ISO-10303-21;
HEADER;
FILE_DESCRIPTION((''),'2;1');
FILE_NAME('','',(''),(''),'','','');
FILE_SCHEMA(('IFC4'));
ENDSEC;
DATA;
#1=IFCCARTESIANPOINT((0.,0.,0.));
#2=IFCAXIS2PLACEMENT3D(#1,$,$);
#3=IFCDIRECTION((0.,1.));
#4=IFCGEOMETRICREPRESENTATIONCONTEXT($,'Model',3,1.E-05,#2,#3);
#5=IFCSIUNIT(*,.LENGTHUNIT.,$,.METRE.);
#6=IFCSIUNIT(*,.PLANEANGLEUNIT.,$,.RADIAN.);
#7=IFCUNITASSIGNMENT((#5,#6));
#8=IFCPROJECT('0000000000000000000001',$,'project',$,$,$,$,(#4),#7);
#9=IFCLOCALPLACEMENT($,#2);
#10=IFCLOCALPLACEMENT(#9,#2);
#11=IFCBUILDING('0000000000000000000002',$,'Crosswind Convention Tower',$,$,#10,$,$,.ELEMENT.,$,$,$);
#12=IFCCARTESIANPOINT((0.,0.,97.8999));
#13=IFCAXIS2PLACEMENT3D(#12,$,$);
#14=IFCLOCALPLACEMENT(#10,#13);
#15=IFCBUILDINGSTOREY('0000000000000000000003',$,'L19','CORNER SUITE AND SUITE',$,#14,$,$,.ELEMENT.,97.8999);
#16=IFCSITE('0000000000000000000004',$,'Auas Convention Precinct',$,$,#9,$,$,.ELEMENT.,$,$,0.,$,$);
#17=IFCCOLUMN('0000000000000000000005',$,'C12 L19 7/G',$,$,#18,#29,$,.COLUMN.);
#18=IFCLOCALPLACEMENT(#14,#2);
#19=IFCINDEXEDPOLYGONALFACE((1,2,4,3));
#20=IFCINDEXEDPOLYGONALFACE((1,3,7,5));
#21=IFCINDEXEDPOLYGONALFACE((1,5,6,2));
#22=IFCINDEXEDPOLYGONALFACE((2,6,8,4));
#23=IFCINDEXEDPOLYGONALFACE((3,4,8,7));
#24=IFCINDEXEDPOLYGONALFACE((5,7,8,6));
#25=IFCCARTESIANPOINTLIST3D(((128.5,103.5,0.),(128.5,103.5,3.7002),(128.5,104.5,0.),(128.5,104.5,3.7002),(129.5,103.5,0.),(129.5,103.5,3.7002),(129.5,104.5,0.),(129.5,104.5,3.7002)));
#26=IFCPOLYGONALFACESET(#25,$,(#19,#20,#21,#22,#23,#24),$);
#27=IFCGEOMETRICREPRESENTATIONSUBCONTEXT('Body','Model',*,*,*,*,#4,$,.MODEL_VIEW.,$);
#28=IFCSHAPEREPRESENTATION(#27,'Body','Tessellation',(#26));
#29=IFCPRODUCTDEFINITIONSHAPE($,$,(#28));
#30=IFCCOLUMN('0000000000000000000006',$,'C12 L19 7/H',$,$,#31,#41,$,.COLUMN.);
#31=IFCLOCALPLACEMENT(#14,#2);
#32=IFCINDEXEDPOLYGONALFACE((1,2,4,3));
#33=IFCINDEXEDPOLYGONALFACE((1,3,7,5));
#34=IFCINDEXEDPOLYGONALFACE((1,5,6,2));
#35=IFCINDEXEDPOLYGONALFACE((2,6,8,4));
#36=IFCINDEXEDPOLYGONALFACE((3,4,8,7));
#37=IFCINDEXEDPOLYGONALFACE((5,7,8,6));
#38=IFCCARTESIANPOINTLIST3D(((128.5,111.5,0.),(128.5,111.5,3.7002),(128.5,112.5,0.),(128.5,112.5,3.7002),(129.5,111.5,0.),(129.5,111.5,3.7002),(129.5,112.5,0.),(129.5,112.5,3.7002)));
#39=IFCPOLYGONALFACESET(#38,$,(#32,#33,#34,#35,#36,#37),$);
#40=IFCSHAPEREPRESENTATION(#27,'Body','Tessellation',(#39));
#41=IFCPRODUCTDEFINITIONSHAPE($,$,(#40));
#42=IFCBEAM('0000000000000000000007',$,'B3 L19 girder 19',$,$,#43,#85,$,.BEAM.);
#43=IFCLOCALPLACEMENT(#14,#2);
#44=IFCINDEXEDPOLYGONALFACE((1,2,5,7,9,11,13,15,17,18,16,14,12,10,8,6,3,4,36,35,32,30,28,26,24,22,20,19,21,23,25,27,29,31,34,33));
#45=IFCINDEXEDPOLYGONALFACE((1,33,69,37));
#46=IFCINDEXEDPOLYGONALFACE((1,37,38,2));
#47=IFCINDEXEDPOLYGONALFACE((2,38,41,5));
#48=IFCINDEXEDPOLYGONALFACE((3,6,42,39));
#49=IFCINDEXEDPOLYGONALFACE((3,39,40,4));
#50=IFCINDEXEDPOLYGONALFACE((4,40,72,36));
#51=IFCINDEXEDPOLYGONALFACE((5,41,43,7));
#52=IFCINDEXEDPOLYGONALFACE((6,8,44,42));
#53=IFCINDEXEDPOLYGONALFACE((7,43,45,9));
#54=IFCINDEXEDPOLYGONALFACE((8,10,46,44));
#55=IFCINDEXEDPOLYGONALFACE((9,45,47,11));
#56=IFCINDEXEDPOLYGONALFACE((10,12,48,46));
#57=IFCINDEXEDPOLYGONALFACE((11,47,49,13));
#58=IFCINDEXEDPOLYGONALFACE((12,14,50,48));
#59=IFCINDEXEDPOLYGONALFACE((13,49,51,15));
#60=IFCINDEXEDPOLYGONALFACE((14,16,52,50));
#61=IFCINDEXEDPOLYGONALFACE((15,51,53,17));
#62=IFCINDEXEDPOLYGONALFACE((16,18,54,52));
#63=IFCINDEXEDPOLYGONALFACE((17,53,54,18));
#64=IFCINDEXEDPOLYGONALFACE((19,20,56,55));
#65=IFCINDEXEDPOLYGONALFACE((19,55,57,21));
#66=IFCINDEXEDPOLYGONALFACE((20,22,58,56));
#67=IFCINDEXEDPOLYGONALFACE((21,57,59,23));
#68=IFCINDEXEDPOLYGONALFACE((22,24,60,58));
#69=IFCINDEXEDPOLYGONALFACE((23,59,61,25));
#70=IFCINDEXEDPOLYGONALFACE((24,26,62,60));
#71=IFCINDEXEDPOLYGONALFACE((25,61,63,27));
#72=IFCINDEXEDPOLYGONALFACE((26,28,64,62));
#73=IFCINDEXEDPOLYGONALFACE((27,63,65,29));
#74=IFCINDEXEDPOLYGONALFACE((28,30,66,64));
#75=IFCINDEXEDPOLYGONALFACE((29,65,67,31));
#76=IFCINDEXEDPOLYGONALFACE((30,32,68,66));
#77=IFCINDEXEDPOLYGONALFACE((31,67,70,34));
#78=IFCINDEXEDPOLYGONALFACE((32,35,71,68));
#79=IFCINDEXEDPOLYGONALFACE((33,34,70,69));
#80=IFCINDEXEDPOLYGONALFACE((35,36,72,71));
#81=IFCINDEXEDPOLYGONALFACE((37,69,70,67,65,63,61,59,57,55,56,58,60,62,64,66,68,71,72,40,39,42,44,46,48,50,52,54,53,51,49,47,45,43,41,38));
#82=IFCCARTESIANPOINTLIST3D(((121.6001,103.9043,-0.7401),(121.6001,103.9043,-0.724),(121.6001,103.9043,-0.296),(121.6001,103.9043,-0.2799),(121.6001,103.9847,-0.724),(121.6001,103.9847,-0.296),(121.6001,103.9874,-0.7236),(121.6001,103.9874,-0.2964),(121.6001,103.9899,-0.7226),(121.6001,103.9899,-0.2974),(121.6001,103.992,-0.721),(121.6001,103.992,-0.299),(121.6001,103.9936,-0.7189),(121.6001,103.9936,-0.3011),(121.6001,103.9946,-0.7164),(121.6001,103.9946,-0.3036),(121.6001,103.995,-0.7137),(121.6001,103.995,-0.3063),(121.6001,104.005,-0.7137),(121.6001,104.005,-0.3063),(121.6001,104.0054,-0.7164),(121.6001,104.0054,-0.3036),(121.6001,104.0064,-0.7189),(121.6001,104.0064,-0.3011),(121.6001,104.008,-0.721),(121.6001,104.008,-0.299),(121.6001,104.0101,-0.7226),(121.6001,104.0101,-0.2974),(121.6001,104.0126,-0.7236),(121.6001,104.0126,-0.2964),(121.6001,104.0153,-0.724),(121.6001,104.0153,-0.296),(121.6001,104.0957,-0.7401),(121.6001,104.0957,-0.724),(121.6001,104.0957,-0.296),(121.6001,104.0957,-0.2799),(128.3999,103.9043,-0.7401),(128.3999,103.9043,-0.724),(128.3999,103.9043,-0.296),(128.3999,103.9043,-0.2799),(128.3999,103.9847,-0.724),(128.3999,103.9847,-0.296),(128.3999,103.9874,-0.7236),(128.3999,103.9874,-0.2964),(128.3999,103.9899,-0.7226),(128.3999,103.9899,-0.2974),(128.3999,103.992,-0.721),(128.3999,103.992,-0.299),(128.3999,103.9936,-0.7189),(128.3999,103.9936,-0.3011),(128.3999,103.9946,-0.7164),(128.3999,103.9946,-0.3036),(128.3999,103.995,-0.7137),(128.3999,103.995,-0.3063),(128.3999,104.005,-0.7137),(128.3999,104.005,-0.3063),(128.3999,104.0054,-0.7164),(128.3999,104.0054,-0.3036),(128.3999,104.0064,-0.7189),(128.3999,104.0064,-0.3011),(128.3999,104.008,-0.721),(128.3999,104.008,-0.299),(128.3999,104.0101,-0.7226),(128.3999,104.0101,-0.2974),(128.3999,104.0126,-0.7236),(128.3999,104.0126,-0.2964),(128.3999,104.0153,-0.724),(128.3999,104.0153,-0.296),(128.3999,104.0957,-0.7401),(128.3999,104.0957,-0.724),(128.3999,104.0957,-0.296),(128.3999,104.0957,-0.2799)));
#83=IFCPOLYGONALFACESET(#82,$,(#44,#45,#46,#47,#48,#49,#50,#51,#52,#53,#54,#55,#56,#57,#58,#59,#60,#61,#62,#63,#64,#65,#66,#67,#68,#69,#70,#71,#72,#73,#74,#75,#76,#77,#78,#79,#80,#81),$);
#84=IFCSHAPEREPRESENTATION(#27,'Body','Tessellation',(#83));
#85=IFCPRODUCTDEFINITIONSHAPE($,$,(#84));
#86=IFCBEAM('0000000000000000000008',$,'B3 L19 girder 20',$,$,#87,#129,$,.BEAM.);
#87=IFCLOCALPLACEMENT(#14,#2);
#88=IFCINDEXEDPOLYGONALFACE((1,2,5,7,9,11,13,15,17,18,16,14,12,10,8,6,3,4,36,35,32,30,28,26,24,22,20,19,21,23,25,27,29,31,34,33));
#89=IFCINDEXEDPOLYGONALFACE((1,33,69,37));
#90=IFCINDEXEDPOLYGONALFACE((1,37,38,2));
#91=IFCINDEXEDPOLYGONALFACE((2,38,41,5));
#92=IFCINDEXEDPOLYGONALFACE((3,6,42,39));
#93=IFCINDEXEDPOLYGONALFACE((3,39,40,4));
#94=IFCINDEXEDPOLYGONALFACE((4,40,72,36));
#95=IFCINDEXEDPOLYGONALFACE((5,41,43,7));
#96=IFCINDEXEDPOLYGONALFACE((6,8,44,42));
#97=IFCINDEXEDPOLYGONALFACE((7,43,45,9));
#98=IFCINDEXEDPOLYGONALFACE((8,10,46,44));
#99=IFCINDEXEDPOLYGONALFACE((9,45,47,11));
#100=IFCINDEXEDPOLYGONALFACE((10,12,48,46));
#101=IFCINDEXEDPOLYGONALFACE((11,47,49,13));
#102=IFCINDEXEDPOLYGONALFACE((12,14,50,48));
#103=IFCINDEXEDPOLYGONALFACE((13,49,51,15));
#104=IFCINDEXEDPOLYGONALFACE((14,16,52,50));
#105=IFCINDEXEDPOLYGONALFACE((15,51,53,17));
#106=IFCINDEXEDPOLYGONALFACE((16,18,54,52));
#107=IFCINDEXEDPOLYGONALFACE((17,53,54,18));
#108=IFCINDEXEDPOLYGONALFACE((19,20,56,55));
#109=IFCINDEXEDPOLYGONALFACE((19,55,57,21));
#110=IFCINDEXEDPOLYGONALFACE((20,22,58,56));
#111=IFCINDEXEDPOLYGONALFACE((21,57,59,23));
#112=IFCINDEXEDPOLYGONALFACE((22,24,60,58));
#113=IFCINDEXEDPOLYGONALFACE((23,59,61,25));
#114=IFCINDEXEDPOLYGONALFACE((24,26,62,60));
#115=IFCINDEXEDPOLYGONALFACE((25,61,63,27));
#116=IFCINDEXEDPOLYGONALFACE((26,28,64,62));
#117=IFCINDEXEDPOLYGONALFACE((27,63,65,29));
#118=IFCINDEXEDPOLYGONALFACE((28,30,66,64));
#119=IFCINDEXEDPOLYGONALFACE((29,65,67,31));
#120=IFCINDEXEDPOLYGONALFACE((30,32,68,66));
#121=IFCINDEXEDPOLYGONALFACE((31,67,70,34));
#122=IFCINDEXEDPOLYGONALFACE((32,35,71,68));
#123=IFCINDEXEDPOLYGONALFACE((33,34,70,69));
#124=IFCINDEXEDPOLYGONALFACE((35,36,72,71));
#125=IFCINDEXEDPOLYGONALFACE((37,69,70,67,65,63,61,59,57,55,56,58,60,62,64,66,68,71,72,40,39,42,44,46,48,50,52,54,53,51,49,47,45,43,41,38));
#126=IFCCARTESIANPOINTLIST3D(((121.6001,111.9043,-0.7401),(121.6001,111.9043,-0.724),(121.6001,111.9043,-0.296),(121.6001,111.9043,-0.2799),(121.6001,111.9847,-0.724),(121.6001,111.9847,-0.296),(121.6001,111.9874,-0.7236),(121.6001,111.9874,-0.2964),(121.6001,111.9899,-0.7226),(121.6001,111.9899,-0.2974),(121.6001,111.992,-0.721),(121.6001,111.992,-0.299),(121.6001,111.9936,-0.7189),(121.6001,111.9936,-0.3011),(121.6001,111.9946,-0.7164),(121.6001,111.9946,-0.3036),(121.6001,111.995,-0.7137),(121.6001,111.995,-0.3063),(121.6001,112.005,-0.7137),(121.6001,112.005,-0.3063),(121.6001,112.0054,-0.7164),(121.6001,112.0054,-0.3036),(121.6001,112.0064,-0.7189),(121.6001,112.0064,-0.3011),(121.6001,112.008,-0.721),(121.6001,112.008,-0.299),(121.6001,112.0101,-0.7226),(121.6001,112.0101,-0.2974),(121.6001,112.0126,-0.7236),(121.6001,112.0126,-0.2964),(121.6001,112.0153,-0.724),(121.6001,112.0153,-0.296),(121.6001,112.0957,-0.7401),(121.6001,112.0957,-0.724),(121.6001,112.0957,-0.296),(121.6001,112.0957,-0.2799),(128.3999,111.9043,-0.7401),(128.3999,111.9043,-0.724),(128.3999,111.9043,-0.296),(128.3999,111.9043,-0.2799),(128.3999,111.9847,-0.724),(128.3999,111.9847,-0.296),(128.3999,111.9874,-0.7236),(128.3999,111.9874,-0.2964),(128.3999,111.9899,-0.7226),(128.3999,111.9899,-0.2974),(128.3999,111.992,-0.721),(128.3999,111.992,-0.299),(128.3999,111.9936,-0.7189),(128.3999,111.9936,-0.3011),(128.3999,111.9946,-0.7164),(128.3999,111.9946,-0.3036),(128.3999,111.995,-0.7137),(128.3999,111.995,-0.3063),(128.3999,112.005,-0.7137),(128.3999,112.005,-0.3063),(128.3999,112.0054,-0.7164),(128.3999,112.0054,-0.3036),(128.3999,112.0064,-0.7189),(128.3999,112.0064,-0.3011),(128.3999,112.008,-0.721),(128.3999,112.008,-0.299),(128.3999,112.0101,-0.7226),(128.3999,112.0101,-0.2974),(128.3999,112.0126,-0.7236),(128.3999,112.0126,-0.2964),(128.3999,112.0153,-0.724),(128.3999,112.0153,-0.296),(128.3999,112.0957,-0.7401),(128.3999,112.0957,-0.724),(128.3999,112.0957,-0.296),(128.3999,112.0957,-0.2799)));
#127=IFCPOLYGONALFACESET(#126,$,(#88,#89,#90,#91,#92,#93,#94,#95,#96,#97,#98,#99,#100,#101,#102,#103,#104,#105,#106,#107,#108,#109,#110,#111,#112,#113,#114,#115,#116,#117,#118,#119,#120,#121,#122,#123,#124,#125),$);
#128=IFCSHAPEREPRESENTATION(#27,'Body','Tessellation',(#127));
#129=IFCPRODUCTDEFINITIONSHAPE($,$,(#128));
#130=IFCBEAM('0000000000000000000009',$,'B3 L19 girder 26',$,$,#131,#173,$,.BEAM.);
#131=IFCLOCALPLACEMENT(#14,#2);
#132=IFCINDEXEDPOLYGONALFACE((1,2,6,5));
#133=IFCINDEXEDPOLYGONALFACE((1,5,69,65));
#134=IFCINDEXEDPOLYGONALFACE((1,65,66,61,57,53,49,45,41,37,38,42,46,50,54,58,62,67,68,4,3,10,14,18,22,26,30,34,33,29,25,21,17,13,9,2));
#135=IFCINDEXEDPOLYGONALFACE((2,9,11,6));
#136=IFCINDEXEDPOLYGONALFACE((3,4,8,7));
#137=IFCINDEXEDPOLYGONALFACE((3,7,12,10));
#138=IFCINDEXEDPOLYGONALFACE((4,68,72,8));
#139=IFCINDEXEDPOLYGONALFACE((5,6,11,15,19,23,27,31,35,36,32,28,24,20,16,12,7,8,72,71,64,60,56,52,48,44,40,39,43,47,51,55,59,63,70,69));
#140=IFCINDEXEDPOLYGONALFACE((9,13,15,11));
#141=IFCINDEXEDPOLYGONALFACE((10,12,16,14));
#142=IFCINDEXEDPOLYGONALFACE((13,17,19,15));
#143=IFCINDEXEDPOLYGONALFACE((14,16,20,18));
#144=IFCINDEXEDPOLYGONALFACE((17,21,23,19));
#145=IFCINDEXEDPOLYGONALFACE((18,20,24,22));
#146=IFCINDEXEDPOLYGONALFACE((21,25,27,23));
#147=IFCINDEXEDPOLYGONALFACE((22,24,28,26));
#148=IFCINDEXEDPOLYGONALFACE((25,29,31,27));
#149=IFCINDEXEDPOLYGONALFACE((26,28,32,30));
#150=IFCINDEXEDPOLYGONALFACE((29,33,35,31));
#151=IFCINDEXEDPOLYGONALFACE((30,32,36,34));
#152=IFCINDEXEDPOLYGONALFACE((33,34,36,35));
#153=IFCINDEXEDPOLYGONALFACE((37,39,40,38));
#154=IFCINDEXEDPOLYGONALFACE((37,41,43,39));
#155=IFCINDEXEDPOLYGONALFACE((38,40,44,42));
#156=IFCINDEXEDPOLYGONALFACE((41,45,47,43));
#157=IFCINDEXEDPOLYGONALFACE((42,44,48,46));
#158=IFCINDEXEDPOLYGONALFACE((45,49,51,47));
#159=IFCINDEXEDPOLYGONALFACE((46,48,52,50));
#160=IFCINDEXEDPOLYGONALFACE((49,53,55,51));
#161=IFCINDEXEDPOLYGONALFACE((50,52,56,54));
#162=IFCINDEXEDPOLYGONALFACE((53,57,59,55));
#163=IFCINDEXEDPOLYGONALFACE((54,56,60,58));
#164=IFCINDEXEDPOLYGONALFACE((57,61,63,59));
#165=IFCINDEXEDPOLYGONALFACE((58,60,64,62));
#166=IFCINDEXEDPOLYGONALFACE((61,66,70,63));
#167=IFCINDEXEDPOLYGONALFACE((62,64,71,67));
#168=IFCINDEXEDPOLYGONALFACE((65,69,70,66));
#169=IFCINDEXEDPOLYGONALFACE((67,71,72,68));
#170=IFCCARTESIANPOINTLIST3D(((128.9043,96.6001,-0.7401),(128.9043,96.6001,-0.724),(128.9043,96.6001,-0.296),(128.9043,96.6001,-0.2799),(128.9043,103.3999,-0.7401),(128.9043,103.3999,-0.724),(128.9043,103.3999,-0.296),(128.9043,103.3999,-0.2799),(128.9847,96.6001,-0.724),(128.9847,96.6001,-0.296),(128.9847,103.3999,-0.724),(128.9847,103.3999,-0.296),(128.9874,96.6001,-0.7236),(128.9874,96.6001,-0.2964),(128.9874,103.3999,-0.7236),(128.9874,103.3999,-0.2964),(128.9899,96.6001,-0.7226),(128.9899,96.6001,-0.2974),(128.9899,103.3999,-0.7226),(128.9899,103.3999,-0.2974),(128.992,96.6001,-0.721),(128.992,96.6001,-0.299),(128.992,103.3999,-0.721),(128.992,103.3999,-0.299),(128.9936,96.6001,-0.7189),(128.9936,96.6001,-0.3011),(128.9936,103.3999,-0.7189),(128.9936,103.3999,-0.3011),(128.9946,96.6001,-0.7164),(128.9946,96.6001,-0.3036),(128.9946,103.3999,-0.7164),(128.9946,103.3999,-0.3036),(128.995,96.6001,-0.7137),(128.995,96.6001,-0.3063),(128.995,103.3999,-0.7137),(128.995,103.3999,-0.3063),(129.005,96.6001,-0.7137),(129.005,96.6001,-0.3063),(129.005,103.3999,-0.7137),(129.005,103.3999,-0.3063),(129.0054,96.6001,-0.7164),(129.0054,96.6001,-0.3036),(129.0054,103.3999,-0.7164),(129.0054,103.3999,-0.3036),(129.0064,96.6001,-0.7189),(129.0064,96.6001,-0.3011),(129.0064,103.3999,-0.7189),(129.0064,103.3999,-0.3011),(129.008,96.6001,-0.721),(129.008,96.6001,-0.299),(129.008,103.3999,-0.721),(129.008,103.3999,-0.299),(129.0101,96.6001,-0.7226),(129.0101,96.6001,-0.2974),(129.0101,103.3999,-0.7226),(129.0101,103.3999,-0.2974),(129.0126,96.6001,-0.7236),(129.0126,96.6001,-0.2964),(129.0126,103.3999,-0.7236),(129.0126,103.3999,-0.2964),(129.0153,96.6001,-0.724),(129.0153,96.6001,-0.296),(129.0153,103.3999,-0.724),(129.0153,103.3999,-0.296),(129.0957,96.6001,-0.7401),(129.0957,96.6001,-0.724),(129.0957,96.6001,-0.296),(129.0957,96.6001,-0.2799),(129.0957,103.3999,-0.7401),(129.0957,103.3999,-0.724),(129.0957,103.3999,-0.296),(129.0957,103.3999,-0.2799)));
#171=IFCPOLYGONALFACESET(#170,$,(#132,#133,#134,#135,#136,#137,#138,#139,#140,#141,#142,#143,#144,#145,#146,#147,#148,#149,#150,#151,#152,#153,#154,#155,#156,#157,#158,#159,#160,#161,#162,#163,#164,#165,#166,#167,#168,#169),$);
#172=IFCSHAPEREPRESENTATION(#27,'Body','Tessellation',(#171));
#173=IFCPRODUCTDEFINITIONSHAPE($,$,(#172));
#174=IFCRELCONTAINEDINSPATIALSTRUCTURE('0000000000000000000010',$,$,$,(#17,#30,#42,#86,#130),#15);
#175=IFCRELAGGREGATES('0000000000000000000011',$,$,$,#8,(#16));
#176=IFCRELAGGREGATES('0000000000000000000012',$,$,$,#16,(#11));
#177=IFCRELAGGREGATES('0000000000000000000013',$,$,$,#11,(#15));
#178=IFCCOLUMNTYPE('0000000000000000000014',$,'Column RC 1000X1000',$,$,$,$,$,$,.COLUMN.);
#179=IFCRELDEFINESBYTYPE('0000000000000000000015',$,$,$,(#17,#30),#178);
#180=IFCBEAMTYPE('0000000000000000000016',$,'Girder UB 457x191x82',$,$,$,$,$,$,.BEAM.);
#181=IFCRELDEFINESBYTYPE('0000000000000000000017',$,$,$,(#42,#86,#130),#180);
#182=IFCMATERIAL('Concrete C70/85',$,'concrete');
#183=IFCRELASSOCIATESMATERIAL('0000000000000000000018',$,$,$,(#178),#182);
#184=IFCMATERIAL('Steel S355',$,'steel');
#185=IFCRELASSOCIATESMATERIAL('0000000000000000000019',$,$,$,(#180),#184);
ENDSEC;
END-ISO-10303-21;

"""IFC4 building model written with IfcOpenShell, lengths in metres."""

from ifc_helpers import new_model, si_unit, direction, frame, origin, origin_2d, place, context, subcontext, project, spatial, rectangle, i_section, extrude, material, material_profile, profile_set, type_object, element, save


model = new_model("IFC4")

# Units and contexts
model_context = context("Model", 3, precision=1e-05, world=origin(), true_north=direction((0.0, 1.0)))
body_context = subcontext(model_context, "Body", "Model", "MODEL_VIEW")
ifc_project = project(units=[si_unit("LENGTHUNIT", "METRE"), si_unit("PLANEANGLEUNIT", "RADIAN")], contexts=[model_context])

# Site, building, storey
site_placement = place(None, origin())
site = spatial("IfcSite", under=ifc_project, at=site_placement, Name="Auas Convention Precinct", CompositionType="ELEMENT", RefElevation=0.0)
building_placement = place(site_placement, origin())
building = spatial("IfcBuilding", under=site, at=building_placement, Name="Crosswind Convention Tower", CompositionType="ELEMENT")
storey_placement = place(building_placement, frame((0.0, 0.0, 97.8999)))
storey = spatial("IfcBuildingStorey", under=building, at=storey_placement, Name="L19", Description="CORNER SUITE AND SUITE", CompositionType="ELEMENT", Elevation=97.8999)

# Columns
ifc_material_1 = material(Name="Concrete C70/85", Category="concrete")
ifc_material_profile_1 = material_profile(ifc_material_1, rectangle(XDim=1.0, YDim=1.0, at=origin_2d()), Name="RC 1000X1000")
ifc_profile_set_1 = profile_set([ifc_material_profile_1], Name="Concrete C70/85")
column_type = type_object("IfcColumnType", Name="Column RC 1000X1000", PredefinedType="COLUMN", material=ifc_profile_set_1)
for number, where, z_axis, x_axis, name in (
    (1, (129.0, 104.0, 0.0), (0.0, 0.0, 1.0), (1.0, 0.0, 0.0), "C12 L19 7/G"),
    (2, (129.0, 112.0, 0.0), (0.0, 0.0, 1.0), (1.0, 0.0, 0.0), "C12 L19 7/H"),
):
    element("IfcColumn", number, at=place(storey_placement, frame(where, z_axis=z_axis, x_axis=x_axis)), inside=storey, type_object=column_type, Name=name, PredefinedType="COLUMN", context=body_context, shape_type="SweptSolid", body=[
        extrude(rectangle(XDim=1.0, YDim=1.0, at=origin_2d()), origin(), (0.0, 0.0, 1.0), 3.7002),
    ])

# Beams
ifc_material_2 = material(Name="Steel S355", Category="steel")
ifc_material_profile_2 = material_profile(ifc_material_2, i_section(OverallWidth=0.1914, OverallDepth=0.4602, WebThickness=0.01, FlangeThickness=0.0161, FilletRadius=0.0103, at=origin_2d()), Name="UB 457x191x82")
ifc_profile_set_2 = profile_set([ifc_material_profile_2], Name="Steel S355")
beam_type_1 = type_object("IfcBeamType", Name="Girder UB 457x191x82", PredefinedType="BEAM", material=ifc_profile_set_2)
for number, where, z_axis, x_axis, name in (
    (3, (121.6001, 104.0, -0.51), (1.0, 0.0, 0.0), (0.0, 1.0, 0.0), "B3 L19 girder 19"),
    (4, (121.6001, 112.0, -0.51), (1.0, 0.0, 0.0), (0.0, 1.0, 0.0), "B3 L19 girder 20"),
    (5, (129.0, 96.6001, -0.51), (0.0, 1.0, 0.0), (-1.0, 0.0, 0.0), "B3 L19 girder 26"),
):
    element("IfcBeam", number, at=place(storey_placement, frame(where, z_axis=z_axis, x_axis=x_axis)), inside=storey, type_object=beam_type_1, Name=name, PredefinedType="BEAM", context=body_context, shape_type="SweptSolid", body=[
        extrude(i_section(OverallWidth=0.1914, OverallDepth=0.4602, WebThickness=0.01, FlangeThickness=0.0161, FilletRadius=0.0103, at=origin_2d()), origin(), (0.0, 0.0, 1.0), 6.7998),
    ])

save(model, "model.ifc")
